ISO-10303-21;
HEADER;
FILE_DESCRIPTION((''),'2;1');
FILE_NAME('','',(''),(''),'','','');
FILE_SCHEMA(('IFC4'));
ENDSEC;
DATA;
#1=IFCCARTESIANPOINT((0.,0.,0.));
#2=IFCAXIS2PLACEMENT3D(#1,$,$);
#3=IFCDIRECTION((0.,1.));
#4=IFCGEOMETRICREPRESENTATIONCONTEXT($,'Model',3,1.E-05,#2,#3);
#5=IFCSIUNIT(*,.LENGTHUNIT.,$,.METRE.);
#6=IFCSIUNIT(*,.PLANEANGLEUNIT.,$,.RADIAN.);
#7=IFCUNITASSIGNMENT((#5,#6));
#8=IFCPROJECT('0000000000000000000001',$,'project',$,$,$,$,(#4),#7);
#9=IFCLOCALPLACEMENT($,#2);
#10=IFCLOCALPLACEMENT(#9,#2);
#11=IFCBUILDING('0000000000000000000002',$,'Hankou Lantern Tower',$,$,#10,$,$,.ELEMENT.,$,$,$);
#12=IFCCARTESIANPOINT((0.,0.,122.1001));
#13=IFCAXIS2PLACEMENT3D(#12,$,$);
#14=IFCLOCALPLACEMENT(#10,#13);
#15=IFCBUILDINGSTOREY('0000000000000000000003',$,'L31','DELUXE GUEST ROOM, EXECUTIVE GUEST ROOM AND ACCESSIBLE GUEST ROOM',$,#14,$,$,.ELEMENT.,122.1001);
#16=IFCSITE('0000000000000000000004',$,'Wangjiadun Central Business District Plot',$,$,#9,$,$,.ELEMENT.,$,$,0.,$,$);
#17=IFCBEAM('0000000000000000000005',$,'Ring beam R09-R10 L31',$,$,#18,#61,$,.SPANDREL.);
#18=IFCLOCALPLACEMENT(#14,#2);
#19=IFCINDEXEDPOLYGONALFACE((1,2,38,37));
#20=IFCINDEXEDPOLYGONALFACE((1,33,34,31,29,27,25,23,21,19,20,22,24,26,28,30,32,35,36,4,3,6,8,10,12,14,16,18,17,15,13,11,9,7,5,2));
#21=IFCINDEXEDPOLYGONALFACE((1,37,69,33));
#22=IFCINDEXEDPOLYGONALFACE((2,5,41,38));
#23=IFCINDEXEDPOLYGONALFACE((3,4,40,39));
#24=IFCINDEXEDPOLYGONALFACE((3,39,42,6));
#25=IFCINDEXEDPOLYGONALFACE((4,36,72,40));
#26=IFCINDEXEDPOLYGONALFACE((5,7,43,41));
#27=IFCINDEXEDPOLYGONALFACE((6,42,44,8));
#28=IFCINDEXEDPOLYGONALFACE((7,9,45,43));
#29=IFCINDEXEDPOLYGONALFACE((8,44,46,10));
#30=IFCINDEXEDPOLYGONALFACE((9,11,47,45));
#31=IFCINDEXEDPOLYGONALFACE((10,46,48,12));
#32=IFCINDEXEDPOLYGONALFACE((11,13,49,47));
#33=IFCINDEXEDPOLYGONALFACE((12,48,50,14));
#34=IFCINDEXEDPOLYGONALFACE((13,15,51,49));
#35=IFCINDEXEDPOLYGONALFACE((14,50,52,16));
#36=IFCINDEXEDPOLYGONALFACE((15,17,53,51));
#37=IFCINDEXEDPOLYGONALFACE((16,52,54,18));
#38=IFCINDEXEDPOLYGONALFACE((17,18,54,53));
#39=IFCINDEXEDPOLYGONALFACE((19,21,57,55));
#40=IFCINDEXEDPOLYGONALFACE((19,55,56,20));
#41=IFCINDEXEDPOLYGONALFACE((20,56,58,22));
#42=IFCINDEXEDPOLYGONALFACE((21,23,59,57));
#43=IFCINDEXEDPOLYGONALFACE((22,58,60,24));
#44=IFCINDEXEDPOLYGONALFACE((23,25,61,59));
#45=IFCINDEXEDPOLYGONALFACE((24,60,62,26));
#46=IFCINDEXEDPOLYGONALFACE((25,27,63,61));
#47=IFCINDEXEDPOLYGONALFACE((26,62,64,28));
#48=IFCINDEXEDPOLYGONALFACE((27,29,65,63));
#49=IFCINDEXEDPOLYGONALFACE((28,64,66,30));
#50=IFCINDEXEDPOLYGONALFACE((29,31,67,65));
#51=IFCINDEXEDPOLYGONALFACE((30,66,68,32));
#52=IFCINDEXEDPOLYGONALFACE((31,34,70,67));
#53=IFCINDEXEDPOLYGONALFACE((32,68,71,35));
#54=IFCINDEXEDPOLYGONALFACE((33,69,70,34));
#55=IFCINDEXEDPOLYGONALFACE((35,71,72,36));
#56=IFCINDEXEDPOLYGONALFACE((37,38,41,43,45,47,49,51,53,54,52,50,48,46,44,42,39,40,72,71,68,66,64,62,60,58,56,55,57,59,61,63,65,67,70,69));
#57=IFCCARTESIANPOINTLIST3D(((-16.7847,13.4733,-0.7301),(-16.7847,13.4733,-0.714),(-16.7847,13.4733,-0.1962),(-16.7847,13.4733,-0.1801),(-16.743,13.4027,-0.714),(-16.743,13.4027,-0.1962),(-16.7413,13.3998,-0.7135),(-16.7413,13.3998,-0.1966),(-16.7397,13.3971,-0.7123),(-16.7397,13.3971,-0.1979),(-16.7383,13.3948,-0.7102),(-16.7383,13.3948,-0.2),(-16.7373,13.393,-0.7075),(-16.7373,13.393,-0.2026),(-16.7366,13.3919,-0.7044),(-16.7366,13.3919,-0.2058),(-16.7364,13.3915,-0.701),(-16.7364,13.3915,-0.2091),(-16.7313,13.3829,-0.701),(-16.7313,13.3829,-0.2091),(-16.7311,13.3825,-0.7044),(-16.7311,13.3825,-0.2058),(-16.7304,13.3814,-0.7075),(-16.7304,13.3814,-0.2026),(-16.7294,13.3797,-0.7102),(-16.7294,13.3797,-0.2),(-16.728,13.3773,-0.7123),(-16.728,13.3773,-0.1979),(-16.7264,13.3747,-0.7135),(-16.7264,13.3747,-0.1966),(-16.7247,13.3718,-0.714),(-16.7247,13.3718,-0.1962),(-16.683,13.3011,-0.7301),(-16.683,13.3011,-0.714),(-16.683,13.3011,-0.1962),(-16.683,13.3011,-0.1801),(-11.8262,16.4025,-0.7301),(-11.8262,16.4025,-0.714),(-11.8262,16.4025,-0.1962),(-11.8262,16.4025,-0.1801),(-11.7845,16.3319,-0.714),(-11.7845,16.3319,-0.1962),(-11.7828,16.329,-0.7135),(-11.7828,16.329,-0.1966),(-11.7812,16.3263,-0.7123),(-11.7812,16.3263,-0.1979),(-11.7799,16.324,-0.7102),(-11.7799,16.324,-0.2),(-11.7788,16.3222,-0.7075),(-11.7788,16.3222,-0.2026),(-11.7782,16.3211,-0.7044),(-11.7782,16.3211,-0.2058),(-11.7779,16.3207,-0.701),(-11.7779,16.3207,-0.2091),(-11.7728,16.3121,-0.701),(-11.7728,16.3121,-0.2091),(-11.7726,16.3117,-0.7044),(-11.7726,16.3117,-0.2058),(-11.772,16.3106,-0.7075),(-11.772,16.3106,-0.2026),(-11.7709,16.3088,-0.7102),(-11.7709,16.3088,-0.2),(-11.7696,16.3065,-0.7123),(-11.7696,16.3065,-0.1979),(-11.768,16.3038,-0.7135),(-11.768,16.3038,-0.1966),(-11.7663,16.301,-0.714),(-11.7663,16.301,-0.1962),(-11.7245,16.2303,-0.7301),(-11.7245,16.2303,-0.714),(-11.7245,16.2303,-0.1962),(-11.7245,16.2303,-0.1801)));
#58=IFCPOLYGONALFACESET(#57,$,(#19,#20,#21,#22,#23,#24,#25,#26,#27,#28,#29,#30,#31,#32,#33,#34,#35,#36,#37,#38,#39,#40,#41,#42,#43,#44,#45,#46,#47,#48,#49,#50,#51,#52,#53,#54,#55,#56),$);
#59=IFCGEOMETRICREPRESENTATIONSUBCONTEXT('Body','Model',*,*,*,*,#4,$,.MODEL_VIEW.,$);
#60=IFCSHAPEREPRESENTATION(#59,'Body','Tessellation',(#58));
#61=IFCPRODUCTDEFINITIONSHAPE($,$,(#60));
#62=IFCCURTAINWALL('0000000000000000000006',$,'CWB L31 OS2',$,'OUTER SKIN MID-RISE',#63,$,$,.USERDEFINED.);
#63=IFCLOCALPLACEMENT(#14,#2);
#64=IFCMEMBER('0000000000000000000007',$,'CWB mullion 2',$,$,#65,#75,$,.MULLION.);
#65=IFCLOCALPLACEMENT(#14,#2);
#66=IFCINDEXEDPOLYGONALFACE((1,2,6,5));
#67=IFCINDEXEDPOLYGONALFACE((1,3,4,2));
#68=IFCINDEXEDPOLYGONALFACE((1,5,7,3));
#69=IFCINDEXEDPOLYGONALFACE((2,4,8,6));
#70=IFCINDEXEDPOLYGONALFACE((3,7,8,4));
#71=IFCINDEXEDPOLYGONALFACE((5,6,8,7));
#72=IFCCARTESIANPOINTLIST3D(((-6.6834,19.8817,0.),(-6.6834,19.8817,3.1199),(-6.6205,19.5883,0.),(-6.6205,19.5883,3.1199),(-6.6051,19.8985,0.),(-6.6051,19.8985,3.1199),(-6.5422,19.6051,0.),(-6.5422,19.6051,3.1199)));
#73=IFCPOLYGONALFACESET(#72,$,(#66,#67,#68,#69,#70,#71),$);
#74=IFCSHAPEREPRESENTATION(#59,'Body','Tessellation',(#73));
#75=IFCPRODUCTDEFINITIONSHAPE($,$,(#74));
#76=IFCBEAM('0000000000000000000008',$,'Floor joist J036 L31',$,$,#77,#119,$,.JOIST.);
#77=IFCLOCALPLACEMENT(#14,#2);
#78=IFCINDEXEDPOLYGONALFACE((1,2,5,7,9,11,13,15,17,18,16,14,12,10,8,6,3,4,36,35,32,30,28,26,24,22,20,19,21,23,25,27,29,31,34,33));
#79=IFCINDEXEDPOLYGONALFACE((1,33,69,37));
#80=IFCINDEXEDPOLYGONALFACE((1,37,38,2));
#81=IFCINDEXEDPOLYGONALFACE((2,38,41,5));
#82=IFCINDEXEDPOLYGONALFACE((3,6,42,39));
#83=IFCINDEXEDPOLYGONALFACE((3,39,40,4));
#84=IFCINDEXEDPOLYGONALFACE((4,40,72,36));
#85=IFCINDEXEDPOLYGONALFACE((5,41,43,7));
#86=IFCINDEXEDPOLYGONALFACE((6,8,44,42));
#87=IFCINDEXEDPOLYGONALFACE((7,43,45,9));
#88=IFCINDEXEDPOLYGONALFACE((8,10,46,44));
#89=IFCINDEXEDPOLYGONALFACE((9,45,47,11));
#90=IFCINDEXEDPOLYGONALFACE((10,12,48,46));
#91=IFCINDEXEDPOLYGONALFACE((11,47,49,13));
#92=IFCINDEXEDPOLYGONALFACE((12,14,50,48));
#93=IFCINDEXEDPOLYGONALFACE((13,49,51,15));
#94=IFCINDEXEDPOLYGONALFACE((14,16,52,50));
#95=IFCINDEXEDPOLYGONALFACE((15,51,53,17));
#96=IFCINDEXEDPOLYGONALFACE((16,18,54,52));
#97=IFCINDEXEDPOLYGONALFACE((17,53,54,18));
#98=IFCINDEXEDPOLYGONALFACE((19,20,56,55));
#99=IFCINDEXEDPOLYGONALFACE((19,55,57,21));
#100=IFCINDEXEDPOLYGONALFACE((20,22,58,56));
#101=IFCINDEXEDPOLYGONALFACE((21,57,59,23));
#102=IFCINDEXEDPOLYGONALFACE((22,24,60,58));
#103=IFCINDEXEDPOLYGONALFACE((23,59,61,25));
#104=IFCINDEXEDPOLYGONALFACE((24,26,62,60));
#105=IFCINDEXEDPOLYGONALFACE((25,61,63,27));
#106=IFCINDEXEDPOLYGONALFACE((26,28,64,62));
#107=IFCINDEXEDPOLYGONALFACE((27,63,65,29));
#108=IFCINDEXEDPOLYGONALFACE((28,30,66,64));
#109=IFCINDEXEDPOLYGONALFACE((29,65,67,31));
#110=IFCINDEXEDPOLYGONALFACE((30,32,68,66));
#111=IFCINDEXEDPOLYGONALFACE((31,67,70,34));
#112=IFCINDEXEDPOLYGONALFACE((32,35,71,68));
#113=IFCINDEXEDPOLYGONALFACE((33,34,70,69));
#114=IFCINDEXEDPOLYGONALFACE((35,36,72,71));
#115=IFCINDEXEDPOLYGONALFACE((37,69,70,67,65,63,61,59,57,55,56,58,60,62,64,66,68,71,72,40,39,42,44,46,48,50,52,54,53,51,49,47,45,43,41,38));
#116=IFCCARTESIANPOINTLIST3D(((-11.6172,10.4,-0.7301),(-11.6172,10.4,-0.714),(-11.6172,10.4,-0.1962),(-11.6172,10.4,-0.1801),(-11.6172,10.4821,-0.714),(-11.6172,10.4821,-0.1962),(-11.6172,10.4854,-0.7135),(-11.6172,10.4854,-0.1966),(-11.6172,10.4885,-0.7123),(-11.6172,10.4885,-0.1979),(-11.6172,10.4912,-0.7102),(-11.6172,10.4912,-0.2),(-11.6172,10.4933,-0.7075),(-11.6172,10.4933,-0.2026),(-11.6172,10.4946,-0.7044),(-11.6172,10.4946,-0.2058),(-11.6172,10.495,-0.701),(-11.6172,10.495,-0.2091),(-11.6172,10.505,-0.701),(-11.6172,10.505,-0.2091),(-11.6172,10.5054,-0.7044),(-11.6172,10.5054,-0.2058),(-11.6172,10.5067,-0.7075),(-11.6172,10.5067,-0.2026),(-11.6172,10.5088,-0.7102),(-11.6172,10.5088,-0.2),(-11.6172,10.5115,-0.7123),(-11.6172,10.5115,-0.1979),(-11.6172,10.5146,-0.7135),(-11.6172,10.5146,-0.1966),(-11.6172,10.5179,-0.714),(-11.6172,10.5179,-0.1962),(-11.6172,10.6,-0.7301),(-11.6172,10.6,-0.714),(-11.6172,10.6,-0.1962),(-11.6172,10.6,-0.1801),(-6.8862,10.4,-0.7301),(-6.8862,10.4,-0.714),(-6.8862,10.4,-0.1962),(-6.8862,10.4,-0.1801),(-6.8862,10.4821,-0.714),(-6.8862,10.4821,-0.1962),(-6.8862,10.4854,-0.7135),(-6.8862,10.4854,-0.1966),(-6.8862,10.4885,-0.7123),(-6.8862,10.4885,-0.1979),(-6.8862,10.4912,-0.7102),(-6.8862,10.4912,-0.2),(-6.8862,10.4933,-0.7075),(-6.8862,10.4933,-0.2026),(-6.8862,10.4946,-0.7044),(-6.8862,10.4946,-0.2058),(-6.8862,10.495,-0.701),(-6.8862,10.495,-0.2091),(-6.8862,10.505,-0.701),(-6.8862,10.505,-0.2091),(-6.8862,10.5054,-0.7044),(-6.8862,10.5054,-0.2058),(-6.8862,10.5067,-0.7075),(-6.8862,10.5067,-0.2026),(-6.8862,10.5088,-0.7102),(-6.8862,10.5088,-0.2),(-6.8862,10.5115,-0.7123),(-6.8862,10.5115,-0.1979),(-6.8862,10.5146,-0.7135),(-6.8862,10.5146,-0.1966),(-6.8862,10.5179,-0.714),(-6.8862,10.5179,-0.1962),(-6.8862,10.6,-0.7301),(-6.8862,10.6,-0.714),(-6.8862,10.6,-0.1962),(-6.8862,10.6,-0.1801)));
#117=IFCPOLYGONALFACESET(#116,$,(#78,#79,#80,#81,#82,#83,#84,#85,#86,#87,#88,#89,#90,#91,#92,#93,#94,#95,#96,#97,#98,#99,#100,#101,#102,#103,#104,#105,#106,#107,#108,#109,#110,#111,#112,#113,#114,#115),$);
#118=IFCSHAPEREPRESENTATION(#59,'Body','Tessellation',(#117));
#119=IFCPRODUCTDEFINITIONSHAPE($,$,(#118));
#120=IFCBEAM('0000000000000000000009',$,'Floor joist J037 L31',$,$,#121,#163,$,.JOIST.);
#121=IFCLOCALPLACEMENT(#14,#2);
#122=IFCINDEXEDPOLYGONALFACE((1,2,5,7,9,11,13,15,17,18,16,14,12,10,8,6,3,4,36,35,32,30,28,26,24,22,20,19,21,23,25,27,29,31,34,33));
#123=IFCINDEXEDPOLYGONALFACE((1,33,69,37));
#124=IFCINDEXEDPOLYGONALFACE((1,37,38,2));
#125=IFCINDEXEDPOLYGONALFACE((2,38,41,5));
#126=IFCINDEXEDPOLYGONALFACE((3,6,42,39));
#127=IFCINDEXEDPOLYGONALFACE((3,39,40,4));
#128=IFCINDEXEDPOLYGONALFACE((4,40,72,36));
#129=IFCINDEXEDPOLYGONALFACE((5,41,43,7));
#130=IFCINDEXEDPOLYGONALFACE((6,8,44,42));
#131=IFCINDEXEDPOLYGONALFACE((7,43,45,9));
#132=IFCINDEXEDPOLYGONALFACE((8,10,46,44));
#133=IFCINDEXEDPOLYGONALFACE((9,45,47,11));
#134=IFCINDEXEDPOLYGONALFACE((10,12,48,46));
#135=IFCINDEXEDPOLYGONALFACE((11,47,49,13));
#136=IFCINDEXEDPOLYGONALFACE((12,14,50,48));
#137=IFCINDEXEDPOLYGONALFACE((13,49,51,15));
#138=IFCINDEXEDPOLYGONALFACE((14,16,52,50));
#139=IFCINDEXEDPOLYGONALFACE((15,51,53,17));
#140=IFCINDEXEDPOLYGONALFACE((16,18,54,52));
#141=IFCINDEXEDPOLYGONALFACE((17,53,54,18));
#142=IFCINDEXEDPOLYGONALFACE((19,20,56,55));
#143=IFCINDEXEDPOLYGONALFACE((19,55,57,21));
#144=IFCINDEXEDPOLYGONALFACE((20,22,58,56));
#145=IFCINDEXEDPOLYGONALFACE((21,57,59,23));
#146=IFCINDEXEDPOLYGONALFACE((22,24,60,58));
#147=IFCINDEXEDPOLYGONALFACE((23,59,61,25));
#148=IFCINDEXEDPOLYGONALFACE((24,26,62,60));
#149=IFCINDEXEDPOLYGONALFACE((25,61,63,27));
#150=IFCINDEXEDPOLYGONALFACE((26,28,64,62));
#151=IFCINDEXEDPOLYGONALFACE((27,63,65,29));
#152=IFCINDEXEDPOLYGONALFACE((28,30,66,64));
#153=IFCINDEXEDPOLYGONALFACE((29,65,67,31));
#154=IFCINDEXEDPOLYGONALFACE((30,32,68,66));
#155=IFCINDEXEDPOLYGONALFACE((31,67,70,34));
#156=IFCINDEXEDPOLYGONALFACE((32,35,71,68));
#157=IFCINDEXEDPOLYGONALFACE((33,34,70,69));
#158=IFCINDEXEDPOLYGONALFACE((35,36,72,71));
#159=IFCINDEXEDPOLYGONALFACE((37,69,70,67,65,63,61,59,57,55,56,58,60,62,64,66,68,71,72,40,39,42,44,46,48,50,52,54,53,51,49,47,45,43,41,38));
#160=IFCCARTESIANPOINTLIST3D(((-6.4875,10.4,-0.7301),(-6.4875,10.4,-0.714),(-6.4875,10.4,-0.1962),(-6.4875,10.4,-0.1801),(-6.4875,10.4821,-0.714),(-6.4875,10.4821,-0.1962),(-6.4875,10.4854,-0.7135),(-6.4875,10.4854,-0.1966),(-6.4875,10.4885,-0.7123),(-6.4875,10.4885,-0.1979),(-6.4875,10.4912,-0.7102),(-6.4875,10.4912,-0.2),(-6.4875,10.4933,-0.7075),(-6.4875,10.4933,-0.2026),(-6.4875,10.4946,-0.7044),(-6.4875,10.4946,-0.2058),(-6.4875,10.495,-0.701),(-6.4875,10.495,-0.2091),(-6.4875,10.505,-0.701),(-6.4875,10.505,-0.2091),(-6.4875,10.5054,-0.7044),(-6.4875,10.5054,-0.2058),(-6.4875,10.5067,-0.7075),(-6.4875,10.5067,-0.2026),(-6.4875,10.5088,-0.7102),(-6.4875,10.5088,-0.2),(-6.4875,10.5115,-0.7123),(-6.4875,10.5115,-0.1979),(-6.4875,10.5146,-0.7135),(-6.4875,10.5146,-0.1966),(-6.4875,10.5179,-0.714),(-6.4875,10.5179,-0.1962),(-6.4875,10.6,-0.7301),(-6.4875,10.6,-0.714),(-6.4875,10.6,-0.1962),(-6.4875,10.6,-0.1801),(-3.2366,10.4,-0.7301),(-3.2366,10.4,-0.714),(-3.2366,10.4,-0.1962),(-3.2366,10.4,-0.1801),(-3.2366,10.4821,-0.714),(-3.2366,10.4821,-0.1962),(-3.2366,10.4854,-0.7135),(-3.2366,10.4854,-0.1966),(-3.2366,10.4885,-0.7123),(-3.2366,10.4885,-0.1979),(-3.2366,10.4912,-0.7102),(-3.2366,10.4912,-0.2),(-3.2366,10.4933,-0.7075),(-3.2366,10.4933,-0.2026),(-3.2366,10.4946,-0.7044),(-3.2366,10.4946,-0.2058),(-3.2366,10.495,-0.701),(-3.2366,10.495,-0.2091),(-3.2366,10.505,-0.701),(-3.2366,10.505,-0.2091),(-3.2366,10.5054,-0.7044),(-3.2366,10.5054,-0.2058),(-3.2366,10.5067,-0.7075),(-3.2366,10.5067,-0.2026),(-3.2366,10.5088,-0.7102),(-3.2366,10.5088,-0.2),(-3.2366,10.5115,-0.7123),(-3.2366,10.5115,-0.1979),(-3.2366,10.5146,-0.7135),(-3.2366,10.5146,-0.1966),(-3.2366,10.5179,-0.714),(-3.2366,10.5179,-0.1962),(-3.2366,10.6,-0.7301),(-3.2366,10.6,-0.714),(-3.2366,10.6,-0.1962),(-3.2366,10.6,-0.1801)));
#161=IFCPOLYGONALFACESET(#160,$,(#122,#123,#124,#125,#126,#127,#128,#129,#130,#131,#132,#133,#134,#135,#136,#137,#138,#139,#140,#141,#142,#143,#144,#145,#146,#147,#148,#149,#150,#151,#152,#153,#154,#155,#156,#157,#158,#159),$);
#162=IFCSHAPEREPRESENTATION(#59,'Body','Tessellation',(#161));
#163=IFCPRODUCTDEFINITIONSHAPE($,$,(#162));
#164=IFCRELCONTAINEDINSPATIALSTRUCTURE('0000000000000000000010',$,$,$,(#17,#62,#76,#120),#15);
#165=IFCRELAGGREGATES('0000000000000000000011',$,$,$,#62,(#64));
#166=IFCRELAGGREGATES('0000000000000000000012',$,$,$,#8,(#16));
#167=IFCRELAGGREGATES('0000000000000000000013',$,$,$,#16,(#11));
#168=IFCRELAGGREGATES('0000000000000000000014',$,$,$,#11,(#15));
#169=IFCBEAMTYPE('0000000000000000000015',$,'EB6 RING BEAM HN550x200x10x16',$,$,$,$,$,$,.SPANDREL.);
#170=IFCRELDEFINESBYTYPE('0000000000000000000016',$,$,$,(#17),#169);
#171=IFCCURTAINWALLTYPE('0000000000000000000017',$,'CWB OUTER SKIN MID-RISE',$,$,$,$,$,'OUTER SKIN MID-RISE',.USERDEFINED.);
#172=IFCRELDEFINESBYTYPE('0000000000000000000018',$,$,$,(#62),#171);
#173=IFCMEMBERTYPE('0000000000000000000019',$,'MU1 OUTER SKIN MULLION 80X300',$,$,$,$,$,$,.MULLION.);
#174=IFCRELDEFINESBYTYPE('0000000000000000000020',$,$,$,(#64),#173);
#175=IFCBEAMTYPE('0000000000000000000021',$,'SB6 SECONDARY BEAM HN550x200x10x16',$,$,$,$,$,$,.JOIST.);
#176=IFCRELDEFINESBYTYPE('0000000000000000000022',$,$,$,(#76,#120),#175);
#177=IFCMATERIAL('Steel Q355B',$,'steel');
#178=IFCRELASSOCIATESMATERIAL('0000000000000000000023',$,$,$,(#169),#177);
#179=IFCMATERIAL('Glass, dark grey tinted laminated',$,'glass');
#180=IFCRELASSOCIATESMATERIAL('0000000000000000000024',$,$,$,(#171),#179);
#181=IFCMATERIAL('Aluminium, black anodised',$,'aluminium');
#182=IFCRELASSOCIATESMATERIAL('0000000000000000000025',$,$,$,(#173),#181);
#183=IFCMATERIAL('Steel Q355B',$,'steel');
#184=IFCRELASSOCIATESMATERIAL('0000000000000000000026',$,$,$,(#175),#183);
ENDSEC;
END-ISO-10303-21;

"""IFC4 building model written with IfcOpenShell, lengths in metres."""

from ifc_helpers import new_model, si_unit, direction, frame, origin, origin_2d, place, context, subcontext, project, spatial, rectangle, i_section, extrude, material, material_profile, profile_set, type_object, element, aggregate, save


model = new_model("IFC4")

# Units and contexts
model_context = context("Model", 3, precision=1e-05, world=origin(), true_north=direction((0.0, 1.0)))
body_context = subcontext(model_context, "Body", "Model", "MODEL_VIEW")
ifc_project = project(units=[si_unit("LENGTHUNIT", "METRE"), si_unit("PLANEANGLEUNIT", "RADIAN")], contexts=[model_context])

# Site, building, storey
site_placement = place(None, origin())
site = spatial("IfcSite", under=ifc_project, at=site_placement, Name="Wangjiadun Central Business District Plot", CompositionType="ELEMENT", RefElevation=0.0)
building_placement = place(site_placement, origin())
building = spatial("IfcBuilding", under=site, at=building_placement, Name="Hankou Lantern Tower", CompositionType="ELEMENT")
storey_placement = place(building_placement, frame((0.0, 0.0, 122.1001)))
storey = spatial("IfcBuildingStorey", under=building, at=storey_placement, Name="L31", Description="DELUXE GUEST ROOM, EXECUTIVE GUEST ROOM AND ACCESSIBLE GUEST ROOM", CompositionType="ELEMENT", Elevation=122.1001)

# Beam
ifc_material_1 = material(Name="Steel Q355B", Category="steel")
ifc_material_profile_1 = material_profile(ifc_material_1, i_section(OverallWidth=0.2, OverallDepth=0.55, WebThickness=0.01, FlangeThickness=0.0161, FilletRadius=0.0129, at=origin_2d()), Name="HN550x200x10x16")
ifc_profile_set_1 = profile_set([ifc_material_profile_1], Name="Steel Q355B")
beam_type_1 = type_object("IfcBeamType", Name="EB6 RING BEAM HN550x200x10x16", PredefinedType="SPANDREL", material=ifc_profile_set_1)
beam_1_placement = place(storey_placement, frame((-11.7754, 16.3164, -0.4551), z_axis=(-0.860989, -0.508624, 0.0), x_axis=(0.508624, -0.860989, 0.0)))
element("IfcBeam", 1, at=beam_1_placement, inside=storey, type_object=beam_type_1, Name="Ring beam R09-R10 L31", PredefinedType="SPANDREL", context=body_context, shape_type="SweptSolid", body=[
    extrude(i_section(OverallWidth=0.2, OverallDepth=0.55, WebThickness=0.01, FlangeThickness=0.0161, FilletRadius=0.0129, at=origin_2d()), origin(), (0.0, 0.0, 1.0), 5.759),
])

# Curtain wall, member
ifc_material_2 = material(Name="Glass, dark grey tinted laminated", Category="glass")
curtain_wall_type = type_object("IfcCurtainWallType", Name="CWB OUTER SKIN MID-RISE", ElementType="OUTER SKIN MID-RISE", PredefinedType="USERDEFINED", material=ifc_material_2)
curtain_wall_placement = place(storey_placement, origin())
curtain_wall = element("IfcCurtainWall", 2, at=curtain_wall_placement, inside=storey, type_object=curtain_wall_type, Name="CWB L31 OS2", ObjectType="OUTER SKIN MID-RISE", PredefinedType="USERDEFINED")
ifc_material_3 = material(Name="Aluminium, black anodised", Category="aluminium")
ifc_material_profile_2 = material_profile(ifc_material_3, rectangle(XDim=0.0801, YDim=0.3, at=origin_2d()), Name="MU1 80X300")
ifc_profile_set_2 = profile_set([ifc_material_profile_2], Name="Aluminium, black anodised")
member_type_1 = type_object("IfcMemberType", Name="MU1 OUTER SKIN MULLION 80X300", PredefinedType="MULLION", material=ifc_profile_set_2)
member_1_placement = place(storey_placement, frame((-6.6128, 19.7434, 0.0), z_axis=(0.0, 0.0, 1.0), x_axis=(-0.977788, -0.209598, 0.0)))
member_1 = element("IfcMember", 3, at=member_1_placement, type_object=member_type_1, Name="CWB mullion 2", PredefinedType="MULLION", context=body_context, shape_type="SweptSolid", body=[
    extrude(rectangle(XDim=0.0801, YDim=0.3, at=origin_2d()), origin(), (0.0, 0.0, 1.0), 3.1199),
])

# Beams
ifc_material_4 = material(Name="Steel Q355B", Category="steel")
ifc_material_profile_3 = material_profile(ifc_material_4, i_section(OverallWidth=0.2, OverallDepth=0.55, WebThickness=0.01, FlangeThickness=0.0161, FilletRadius=0.0129, at=origin_2d()), Name="HN550x200x10x16")
ifc_profile_set_3 = profile_set([ifc_material_profile_3], Name="Steel Q355B")
beam_type_2 = type_object("IfcBeamType", Name="SB6 SECONDARY BEAM HN550x200x10x16", PredefinedType="JOIST", material=ifc_profile_set_3)
beam_2_placement = place(storey_placement, frame((-11.6172, 10.5, -0.4551), z_axis=(1.0, 0.0, 0.0), x_axis=(0.0, 1.0, 0.0)))
element("IfcBeam", 4, at=beam_2_placement, inside=storey, type_object=beam_type_2, Name="Floor joist J036 L31", PredefinedType="JOIST", context=body_context, shape_type="SweptSolid", body=[
    extrude(i_section(OverallWidth=0.2, OverallDepth=0.55, WebThickness=0.01, FlangeThickness=0.0161, FilletRadius=0.0129, at=origin_2d()), origin(), (0.0, 0.0, 1.0), 4.731),
])
beam_3_placement = place(storey_placement, frame((-6.4875, 10.5, -0.4551), z_axis=(1.0, 0.0, 0.0), x_axis=(0.0, 1.0, 0.0)))
element("IfcBeam", 5, at=beam_3_placement, inside=storey, type_object=beam_type_2, Name="Floor joist J037 L31", PredefinedType="JOIST", context=body_context, shape_type="SweptSolid", body=[
    extrude(i_section(OverallWidth=0.2, OverallDepth=0.55, WebThickness=0.01, FlangeThickness=0.0161, FilletRadius=0.0129, at=origin_2d()), origin(), (0.0, 0.0, 1.0), 3.251),
])

aggregate(curtain_wall, [member_1])

save(model, "model.ifc")
